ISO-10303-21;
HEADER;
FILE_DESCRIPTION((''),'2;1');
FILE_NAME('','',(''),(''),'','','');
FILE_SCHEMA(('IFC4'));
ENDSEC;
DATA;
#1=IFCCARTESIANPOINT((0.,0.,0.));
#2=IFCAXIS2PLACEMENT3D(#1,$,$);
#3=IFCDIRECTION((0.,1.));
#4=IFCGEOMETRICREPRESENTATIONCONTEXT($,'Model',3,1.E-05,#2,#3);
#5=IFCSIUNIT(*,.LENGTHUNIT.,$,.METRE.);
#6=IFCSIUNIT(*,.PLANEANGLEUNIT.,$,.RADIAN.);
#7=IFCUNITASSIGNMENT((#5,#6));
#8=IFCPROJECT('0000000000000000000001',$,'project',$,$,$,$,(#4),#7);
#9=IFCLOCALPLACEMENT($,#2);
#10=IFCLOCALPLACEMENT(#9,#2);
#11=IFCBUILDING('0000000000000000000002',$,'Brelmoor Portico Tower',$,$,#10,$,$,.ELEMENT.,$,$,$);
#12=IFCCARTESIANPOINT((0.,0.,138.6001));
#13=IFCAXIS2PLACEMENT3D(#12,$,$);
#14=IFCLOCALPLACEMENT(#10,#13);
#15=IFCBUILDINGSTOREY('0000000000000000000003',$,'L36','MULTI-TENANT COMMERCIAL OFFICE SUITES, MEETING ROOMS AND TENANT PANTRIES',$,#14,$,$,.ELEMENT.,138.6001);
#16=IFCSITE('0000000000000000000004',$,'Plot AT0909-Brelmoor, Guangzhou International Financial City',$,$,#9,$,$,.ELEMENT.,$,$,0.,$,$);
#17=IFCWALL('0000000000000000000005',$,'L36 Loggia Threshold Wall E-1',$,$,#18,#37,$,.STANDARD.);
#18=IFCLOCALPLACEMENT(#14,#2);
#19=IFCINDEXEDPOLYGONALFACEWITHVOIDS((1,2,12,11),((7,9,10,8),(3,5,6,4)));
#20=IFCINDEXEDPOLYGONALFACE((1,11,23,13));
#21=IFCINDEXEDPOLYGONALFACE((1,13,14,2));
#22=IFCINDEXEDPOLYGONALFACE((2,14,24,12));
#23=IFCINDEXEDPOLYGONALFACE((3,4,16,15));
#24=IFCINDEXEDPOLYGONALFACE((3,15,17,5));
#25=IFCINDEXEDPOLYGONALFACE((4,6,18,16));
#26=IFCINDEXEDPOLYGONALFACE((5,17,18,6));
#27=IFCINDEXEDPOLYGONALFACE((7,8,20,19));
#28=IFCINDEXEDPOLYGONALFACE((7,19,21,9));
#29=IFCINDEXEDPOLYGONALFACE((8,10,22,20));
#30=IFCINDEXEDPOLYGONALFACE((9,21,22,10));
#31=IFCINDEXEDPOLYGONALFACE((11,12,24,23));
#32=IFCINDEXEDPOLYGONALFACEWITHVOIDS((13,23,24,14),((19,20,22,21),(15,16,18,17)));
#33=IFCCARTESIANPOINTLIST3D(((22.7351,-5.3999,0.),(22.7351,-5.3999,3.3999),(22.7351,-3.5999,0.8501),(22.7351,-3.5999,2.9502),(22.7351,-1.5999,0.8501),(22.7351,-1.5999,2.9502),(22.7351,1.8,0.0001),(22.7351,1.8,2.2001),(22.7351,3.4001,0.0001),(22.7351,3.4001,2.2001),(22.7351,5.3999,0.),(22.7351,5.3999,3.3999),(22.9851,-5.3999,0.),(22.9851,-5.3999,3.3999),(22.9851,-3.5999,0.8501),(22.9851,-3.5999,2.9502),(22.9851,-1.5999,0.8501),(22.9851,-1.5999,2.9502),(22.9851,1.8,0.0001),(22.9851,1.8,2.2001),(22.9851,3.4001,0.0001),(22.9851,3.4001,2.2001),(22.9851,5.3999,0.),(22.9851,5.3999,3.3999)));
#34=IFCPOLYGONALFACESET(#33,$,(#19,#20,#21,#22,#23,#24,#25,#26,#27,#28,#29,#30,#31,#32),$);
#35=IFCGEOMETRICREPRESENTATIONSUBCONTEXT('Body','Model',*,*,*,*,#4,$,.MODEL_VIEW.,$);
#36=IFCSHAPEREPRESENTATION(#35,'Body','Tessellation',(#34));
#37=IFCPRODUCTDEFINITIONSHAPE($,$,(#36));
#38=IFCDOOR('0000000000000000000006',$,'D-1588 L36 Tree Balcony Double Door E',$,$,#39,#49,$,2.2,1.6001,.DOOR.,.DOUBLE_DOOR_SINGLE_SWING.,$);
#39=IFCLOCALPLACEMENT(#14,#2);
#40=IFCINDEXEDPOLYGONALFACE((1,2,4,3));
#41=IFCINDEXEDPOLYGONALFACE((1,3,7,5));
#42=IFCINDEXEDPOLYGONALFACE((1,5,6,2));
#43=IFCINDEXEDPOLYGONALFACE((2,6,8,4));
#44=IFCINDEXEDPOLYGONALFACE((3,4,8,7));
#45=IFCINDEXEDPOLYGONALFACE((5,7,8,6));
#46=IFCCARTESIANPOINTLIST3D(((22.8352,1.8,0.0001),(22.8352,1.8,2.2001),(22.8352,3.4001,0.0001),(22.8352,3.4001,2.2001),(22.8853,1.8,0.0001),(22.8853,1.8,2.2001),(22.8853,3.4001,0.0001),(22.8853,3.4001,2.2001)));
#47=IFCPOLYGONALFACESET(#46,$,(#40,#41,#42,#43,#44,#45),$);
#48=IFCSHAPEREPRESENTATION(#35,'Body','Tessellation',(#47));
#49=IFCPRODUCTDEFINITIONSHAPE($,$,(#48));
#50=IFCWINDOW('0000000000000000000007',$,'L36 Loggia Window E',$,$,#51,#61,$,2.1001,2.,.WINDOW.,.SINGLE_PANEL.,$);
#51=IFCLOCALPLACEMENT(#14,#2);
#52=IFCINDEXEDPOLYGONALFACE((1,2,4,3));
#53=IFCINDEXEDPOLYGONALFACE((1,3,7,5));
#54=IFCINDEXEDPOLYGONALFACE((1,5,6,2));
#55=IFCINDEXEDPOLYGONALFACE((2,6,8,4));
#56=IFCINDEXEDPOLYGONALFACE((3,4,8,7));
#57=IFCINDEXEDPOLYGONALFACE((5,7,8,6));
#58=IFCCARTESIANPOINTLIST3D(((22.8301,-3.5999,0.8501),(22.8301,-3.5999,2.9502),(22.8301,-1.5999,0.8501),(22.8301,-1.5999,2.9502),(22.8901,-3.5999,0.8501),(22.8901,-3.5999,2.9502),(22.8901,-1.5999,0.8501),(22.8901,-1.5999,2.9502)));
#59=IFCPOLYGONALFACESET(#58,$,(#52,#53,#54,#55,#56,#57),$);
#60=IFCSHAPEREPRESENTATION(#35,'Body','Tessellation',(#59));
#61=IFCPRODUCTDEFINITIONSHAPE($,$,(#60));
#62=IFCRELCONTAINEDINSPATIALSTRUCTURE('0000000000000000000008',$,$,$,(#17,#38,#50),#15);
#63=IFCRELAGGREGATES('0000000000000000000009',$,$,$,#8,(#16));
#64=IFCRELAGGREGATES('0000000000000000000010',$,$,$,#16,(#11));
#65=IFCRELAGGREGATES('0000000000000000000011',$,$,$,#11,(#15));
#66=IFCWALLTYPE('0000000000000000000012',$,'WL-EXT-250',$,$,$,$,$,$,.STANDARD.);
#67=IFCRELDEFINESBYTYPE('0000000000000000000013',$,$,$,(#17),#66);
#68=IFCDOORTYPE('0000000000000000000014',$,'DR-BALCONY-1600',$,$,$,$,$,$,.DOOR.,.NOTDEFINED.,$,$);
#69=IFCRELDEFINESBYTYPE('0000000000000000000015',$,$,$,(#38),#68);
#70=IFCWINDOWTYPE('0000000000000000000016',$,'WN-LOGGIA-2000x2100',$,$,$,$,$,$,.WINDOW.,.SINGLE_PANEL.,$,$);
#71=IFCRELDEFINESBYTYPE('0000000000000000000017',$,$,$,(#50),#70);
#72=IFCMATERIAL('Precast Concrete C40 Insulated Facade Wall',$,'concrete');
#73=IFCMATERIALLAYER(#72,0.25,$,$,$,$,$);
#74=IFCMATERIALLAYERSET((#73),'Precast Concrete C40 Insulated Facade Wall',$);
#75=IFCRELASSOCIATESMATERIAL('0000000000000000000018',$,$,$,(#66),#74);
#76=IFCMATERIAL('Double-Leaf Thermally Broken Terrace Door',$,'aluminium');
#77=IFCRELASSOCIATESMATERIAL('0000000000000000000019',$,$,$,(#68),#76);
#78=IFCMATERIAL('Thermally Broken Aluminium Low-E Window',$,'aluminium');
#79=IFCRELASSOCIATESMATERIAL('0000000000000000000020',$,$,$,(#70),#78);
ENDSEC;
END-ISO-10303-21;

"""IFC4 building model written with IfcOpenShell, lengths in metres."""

from ifc_helpers import new_model, si_unit, direction, frame, frame_2d, origin, place, context, subcontext, project, spatial, rectangle, extrude, material, layer, layer_set, type_object, element, fill, save


model = new_model("IFC4")

# Units and contexts
model_context = context("Model", 3, precision=1e-05, world=origin(), true_north=direction((0.0, 1.0)))
body_context = subcontext(model_context, "Body", "Model", "MODEL_VIEW")
ifc_project = project(units=[si_unit("LENGTHUNIT", "METRE"), si_unit("PLANEANGLEUNIT", "RADIAN")], contexts=[model_context])

# Site, building, storey
site_placement = place(None, origin())
site = spatial("IfcSite", under=ifc_project, at=site_placement, Name="Plot AT0909-Brelmoor, Guangzhou International Financial City", CompositionType="ELEMENT", RefElevation=0.0)
building_placement = place(site_placement, origin())
building = spatial("IfcBuilding", under=site, at=building_placement, Name="Brelmoor Portico Tower", CompositionType="ELEMENT")
storey_placement = place(building_placement, frame((0.0, 0.0, 138.6001)))
storey = spatial("IfcBuildingStorey", under=building, at=storey_placement, Name="L36", Description="MULTI-TENANT COMMERCIAL OFFICE SUITES, MEETING ROOMS AND TENANT PANTRIES", CompositionType="ELEMENT", Elevation=138.6001)

# Wall, openings, door, window
ifc_material_1 = material(Name="Precast Concrete C40 Insulated Facade Wall", Category="concrete")
ifc_layer_1 = layer(ifc_material_1, 0.25)
ifc_layer_set_1 = layer_set([ifc_layer_1], Name="Precast Concrete C40 Insulated Facade Wall")
wall_type_1 = type_object("IfcWallType", Name="WL-EXT-250", PredefinedType="STANDARD", material=ifc_layer_set_1)
wall_1_placement = place(storey_placement, frame((22.8601, -5.3999, 0.0), z_axis=(0.0, 0.0, 1.0), x_axis=(0.0, 1.0, 0.0)))
wall_1 = element("IfcWall", 1, at=wall_1_placement, inside=storey, type_object=wall_type_1, Name="L36 Loggia Threshold Wall E-1", PredefinedType="STANDARD", context=body_context, shape_type="SweptSolid", body=[
    extrude(rectangle(XDim=10.7998, YDim=0.25, at=frame_2d((5.3999, 0.0))), origin(), (0.0, 0.0, 1.0), 3.3999),
])
opening_1_placement = place(wall_1_placement, frame((7.2, 0.0, 0.0)))
opening_1 = element("IfcOpeningElement", 2, at=opening_1_placement, cuts=wall_1, PredefinedType="OPENING", context=body_context, shape_type="SweptSolid", body=[
    extrude(rectangle(XDim=1.6001, YDim=2.2, at=frame_2d((0.8, 1.1001))), frame((0.0, 0.135, 0.0), z_axis=(0.0, -1.0, 0.0), x_axis=(1.0, 0.0, 0.0)), (0.0, 0.0, 1.0), 0.27),
])
opening_2_placement = place(wall_1_placement, frame((1.8, 0.0, 0.8501)))
opening_2 = element("IfcOpeningElement", 3, at=opening_2_placement, cuts=wall_1, PredefinedType="OPENING", context=body_context, shape_type="SweptSolid", body=[
    extrude(rectangle(XDim=2.0, YDim=2.1001, at=frame_2d((1.0, 1.05))), frame((0.0, 0.135, 0.0), z_axis=(0.0, -1.0, 0.0), x_axis=(1.0, 0.0, 0.0)), (0.0, 0.0, 1.0), 0.27),
])
ifc_material_2 = material(Name="Double-Leaf Thermally Broken Terrace Door", Category="aluminium")
door_type = type_object("IfcDoorType", Name="DR-BALCONY-1600", OperationType="NOTDEFINED", PredefinedType="DOOR", material=ifc_material_2)
door_placement = place(opening_1_placement, origin())
door = element("IfcDoor", 4, at=door_placement, inside=storey, type_object=door_type, Name="D-1588 L36 Tree Balcony Double Door E", OperationType="DOUBLE_DOOR_SINGLE_SWING", OverallHeight=2.2, OverallWidth=1.6001, PredefinedType="DOOR", context=body_context, shape_type="SweptSolid", body=[
    extrude(rectangle(XDim=1.6001, YDim=2.2, at=frame_2d((0.8, 1.1001))), frame((0.0, 0.0249, 0.0), z_axis=(0.0, -1.0, 0.0), x_axis=(1.0, 0.0, 0.0)), (0.0, 0.0, 1.0), 0.05),
])
fill(opening_1, door)
ifc_material_3 = material(Name="Thermally Broken Aluminium Low-E Window", Category="aluminium")
window_type = type_object("IfcWindowType", Name="WN-LOGGIA-2000x2100", PartitioningType="SINGLE_PANEL", PredefinedType="WINDOW", material=ifc_material_3)
window_placement = place(opening_2_placement, origin())
window = element("IfcWindow", 5, at=window_placement, inside=storey, type_object=window_type, Name="L36 Loggia Window E", OverallHeight=2.1001, OverallWidth=2.0, PartitioningType="SINGLE_PANEL", PredefinedType="WINDOW", context=body_context, shape_type="SweptSolid", body=[
    extrude(rectangle(XDim=2.0, YDim=2.1001, at=frame_2d((1.0, 1.05))), frame((0.0, 0.03, 0.0), z_axis=(0.0, -1.0, 0.0), x_axis=(1.0, 0.0, 0.0)), (0.0, 0.0, 1.0), 0.0601),
])
fill(opening_2, window)

save(model, "model.ifc")
